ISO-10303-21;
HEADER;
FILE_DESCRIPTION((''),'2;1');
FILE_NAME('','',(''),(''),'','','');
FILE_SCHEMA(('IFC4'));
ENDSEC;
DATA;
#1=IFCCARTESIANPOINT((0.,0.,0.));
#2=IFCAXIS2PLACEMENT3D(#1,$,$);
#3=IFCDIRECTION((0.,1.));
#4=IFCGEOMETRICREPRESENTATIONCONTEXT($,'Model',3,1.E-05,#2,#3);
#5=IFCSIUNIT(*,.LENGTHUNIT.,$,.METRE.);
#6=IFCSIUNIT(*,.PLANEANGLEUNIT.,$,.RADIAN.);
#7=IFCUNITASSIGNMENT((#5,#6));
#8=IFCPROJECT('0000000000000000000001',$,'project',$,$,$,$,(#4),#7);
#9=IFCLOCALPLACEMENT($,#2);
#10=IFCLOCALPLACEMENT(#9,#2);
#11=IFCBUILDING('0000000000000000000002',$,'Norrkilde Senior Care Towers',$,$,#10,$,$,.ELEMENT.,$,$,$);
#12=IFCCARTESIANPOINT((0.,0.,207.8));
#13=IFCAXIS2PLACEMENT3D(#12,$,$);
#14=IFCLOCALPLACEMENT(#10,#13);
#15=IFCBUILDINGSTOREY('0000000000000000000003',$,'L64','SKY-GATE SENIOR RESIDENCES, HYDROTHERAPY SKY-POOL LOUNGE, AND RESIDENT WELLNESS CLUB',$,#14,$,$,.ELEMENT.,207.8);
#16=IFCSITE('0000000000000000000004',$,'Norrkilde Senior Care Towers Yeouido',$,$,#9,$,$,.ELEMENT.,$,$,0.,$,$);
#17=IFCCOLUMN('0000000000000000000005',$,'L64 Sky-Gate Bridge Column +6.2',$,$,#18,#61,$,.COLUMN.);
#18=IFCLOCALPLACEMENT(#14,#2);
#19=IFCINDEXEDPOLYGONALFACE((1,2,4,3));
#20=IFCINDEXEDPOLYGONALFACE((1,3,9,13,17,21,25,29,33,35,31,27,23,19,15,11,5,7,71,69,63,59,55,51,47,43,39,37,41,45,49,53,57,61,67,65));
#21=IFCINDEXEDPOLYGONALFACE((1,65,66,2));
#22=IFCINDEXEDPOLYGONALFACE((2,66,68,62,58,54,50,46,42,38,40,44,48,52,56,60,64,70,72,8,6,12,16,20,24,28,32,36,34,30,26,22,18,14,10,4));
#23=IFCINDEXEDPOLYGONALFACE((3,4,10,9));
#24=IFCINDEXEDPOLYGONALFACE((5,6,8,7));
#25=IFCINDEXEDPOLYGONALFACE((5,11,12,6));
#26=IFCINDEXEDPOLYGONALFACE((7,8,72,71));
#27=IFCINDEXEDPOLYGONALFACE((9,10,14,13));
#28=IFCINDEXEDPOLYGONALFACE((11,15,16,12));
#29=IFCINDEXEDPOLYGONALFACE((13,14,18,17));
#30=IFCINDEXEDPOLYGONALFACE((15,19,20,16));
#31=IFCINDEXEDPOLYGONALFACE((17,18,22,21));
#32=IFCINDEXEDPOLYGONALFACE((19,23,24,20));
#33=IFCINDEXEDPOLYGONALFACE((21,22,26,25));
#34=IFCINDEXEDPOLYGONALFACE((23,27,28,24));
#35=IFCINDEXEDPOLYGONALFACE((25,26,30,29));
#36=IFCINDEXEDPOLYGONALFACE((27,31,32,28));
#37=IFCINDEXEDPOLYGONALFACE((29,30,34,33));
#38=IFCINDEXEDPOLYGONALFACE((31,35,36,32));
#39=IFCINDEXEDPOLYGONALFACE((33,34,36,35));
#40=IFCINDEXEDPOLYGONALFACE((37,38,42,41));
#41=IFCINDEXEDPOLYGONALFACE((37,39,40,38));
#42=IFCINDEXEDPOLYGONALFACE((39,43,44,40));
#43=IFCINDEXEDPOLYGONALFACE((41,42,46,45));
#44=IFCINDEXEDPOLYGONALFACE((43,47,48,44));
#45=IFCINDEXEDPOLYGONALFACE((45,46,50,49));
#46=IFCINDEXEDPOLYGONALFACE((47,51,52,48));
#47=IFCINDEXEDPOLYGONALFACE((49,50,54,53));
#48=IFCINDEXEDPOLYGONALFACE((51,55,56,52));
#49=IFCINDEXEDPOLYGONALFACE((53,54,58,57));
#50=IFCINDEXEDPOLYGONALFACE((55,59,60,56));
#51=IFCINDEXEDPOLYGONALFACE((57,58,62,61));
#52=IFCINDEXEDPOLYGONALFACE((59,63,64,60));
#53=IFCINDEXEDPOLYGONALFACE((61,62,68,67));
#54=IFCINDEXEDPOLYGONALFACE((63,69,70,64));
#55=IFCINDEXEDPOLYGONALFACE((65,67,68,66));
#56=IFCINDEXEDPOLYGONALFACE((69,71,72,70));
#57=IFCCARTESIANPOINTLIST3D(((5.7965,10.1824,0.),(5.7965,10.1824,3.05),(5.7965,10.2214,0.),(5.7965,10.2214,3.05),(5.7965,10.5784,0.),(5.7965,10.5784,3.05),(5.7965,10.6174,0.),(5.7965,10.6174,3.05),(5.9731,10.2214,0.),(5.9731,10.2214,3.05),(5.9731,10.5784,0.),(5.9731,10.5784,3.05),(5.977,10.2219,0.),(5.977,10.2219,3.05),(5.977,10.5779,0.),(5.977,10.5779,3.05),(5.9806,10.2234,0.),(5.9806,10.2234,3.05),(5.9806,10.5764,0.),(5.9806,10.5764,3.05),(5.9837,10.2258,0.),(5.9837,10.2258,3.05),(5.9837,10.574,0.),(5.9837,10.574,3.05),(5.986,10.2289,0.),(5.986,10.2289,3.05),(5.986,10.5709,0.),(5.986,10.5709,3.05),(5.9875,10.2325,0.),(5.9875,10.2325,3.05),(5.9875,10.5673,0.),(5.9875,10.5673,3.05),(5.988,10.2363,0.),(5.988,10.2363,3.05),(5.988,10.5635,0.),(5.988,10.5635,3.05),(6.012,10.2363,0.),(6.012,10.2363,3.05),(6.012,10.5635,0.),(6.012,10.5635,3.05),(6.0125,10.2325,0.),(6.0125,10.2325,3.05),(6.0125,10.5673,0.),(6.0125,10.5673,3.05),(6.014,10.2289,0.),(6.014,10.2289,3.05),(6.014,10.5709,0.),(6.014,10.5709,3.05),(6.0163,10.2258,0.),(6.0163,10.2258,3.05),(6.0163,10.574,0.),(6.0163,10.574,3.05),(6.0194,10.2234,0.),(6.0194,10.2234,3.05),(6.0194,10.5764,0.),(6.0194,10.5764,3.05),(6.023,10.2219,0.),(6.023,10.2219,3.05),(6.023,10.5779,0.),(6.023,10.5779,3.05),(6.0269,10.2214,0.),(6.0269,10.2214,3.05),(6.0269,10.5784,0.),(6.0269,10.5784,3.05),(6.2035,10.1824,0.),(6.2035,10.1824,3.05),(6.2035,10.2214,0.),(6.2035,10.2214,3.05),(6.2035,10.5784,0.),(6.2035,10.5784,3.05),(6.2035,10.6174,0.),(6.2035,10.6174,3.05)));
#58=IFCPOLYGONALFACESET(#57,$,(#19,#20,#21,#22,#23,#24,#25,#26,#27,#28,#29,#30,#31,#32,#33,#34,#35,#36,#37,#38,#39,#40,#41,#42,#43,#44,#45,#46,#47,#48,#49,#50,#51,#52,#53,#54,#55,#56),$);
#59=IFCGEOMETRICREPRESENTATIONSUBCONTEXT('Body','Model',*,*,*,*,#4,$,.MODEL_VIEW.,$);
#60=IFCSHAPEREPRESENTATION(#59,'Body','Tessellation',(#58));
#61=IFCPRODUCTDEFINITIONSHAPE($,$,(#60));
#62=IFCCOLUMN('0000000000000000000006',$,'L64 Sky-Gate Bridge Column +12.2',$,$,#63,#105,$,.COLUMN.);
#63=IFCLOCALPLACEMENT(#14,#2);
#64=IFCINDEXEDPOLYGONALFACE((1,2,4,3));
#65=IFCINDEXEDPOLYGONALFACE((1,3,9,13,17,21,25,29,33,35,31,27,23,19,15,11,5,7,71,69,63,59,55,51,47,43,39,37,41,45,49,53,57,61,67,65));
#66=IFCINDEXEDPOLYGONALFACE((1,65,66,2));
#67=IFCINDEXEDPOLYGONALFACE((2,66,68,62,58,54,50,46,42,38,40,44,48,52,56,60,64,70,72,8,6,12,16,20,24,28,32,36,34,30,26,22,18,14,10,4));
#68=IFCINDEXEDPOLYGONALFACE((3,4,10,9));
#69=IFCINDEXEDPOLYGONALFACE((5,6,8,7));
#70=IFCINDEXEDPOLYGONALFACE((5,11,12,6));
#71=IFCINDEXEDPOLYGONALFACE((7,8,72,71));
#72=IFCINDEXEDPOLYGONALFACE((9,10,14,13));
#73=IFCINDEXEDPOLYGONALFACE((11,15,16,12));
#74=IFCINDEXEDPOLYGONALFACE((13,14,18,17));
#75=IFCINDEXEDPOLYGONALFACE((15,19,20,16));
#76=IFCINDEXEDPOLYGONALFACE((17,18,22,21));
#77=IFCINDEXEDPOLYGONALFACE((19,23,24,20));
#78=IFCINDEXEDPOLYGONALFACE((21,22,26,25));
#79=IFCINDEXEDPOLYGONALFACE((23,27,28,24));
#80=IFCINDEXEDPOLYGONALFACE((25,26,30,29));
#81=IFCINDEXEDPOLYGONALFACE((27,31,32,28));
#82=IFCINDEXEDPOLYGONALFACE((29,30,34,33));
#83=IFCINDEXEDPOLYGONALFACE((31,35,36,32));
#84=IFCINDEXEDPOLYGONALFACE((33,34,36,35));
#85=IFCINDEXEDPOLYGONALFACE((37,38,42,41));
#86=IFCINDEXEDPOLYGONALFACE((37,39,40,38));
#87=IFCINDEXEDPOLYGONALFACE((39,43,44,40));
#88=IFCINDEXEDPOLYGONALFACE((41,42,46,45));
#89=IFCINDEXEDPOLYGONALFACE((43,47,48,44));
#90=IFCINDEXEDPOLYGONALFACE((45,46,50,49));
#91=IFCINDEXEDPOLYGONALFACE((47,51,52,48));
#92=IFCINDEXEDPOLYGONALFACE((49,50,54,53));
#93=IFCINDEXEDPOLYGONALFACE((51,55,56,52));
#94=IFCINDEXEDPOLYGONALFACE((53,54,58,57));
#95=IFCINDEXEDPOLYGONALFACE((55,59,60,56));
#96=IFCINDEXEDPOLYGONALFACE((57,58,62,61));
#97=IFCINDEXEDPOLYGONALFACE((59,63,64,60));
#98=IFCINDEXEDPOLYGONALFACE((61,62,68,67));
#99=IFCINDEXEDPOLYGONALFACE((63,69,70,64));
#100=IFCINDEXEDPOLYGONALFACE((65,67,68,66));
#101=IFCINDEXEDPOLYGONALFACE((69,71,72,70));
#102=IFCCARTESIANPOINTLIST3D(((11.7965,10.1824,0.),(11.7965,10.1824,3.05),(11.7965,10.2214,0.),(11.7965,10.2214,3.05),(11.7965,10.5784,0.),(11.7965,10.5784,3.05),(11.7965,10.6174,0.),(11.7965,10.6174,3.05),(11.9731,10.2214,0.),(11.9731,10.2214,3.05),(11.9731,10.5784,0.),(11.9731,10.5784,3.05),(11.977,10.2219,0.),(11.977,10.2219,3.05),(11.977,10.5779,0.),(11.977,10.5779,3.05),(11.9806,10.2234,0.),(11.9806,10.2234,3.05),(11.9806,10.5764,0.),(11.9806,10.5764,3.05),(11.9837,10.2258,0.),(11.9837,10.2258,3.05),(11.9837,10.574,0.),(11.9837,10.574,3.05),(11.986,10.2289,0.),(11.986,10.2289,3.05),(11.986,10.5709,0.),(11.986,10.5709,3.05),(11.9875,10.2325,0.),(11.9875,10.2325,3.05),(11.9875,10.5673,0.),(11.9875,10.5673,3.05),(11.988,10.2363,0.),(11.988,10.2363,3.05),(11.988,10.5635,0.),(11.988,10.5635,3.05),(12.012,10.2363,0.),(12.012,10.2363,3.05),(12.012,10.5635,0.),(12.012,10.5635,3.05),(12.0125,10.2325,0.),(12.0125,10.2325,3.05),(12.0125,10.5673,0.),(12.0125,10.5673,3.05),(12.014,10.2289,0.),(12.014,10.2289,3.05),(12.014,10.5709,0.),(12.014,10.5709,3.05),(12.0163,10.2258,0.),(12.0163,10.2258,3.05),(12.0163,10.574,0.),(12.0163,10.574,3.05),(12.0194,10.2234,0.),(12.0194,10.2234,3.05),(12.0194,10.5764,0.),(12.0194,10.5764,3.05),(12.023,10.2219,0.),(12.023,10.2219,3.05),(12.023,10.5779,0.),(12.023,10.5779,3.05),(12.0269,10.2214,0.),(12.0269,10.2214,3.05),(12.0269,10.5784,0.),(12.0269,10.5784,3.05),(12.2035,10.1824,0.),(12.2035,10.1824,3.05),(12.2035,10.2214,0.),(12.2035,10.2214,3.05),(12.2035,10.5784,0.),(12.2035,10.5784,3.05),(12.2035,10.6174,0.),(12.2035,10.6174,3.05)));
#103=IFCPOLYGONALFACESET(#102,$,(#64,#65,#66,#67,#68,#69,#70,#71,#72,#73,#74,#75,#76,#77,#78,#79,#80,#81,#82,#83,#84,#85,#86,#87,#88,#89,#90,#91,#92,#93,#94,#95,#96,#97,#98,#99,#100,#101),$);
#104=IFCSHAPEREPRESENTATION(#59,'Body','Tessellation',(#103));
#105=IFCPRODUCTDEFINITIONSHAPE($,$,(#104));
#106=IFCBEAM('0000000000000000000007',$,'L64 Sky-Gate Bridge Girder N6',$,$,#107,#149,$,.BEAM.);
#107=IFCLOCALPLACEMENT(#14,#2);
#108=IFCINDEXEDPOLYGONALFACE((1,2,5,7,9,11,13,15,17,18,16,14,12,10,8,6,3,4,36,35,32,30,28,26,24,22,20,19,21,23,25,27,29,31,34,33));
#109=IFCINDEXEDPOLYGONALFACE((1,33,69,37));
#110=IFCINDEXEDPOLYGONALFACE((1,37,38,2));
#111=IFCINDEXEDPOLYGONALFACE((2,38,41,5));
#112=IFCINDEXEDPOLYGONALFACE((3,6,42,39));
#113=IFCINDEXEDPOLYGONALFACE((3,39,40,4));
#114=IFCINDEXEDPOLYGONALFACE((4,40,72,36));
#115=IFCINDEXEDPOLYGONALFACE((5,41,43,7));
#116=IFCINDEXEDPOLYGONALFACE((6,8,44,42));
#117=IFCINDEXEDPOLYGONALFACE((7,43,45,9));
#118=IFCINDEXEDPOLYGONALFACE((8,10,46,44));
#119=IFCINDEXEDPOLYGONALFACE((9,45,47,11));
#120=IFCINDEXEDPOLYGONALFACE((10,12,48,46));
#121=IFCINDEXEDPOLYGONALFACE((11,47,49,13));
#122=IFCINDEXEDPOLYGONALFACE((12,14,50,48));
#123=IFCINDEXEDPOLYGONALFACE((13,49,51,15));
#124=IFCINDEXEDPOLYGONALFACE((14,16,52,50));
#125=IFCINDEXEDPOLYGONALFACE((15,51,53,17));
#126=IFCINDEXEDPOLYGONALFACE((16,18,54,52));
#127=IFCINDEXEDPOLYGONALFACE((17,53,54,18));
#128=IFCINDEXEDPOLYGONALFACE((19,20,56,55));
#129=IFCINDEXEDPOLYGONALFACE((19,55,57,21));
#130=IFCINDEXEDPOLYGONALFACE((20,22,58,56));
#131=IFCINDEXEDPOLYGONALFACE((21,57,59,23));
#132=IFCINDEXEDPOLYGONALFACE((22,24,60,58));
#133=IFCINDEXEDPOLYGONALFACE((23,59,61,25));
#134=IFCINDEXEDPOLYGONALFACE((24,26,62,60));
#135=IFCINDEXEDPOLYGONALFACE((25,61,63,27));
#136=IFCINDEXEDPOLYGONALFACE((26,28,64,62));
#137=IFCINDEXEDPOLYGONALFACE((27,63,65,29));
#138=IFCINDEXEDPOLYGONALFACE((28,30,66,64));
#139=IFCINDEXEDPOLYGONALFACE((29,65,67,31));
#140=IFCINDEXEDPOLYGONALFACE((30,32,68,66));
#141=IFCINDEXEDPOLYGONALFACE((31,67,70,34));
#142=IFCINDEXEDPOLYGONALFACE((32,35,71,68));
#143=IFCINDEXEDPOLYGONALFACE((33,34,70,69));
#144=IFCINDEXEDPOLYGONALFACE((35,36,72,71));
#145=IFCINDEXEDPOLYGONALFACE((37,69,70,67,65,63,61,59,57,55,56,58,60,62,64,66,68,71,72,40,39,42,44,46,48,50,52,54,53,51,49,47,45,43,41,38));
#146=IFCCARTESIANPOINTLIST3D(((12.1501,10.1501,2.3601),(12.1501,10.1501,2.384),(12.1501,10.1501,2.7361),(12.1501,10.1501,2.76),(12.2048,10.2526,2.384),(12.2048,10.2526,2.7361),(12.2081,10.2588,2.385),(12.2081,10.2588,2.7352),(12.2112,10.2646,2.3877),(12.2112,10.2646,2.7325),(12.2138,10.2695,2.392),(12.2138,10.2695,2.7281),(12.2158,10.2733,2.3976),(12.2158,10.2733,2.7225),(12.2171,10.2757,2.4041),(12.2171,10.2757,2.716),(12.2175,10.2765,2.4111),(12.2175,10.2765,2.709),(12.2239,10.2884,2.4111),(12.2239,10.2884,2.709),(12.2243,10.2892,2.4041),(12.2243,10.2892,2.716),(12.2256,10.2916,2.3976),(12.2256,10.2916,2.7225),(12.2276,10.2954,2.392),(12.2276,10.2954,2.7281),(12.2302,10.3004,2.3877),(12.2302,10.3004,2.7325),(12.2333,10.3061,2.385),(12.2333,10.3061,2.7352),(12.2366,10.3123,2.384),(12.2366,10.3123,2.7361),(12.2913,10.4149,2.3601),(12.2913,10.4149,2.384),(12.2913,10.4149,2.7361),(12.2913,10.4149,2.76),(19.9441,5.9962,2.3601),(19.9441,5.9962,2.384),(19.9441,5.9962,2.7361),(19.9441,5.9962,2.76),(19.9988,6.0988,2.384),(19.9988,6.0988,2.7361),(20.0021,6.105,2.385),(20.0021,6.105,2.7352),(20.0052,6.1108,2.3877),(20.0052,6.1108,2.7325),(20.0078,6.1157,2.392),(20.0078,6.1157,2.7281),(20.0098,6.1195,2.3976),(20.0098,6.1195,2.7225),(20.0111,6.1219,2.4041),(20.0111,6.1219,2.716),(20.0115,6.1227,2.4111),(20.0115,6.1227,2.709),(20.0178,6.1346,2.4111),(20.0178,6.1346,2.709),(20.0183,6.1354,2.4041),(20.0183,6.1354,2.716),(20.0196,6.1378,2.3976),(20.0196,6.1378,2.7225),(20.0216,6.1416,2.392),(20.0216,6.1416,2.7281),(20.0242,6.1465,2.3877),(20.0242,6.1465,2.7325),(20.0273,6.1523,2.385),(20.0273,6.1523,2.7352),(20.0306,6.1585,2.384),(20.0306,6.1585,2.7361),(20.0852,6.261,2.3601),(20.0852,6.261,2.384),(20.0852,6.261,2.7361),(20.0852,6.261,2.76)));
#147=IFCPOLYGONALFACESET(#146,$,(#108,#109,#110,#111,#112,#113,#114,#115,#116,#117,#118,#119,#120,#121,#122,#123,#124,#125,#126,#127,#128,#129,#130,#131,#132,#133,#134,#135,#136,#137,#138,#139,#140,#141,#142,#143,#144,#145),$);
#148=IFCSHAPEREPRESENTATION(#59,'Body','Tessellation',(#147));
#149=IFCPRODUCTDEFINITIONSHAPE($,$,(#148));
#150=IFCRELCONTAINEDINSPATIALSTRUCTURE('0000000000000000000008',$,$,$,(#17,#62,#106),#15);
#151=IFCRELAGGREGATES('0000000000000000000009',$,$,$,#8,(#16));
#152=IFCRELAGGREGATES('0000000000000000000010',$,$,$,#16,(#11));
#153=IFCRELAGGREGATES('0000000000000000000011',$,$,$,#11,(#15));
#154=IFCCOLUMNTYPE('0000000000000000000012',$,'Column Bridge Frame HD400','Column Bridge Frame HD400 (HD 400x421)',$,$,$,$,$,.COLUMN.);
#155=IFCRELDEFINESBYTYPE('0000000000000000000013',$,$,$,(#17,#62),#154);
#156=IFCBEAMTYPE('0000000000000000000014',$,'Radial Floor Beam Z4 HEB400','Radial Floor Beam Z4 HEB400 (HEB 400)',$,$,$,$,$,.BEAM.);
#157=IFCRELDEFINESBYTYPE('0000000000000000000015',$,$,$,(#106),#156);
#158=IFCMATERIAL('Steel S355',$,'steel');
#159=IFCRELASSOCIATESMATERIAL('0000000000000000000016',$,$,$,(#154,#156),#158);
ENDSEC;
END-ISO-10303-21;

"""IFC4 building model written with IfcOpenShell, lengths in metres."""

from ifc_helpers import new_model, si_unit, direction, frame, origin, origin_2d, place, context, subcontext, project, spatial, i_section, extrude, source, transform, mapped, material, material_profile, profile_set, type_object, type_shapes, element, save


model = new_model("IFC4")

# Units and contexts
model_context = context("Model", 3, precision=1e-05, world=origin(), true_north=direction((0.0, 1.0)))
body_context = subcontext(model_context, "Body", "Model", "MODEL_VIEW")
ifc_project = project(units=[si_unit("LENGTHUNIT", "METRE"), si_unit("PLANEANGLEUNIT", "RADIAN")], contexts=[model_context])

# Site, building, storey
site_placement = place(None, origin())
site = spatial("IfcSite", under=ifc_project, at=site_placement, Name="Norrkilde Senior Care Towers Yeouido", CompositionType="ELEMENT", RefElevation=0.0)
building_placement = place(site_placement, origin())
building = spatial("IfcBuilding", under=site, at=building_placement, Name="Norrkilde Senior Care Towers", CompositionType="ELEMENT")
storey_placement = place(building_placement, frame((0.0, 0.0, 207.8)))
storey = spatial("IfcBuildingStorey", under=building, at=storey_placement, Name="L64", Description="SKY-GATE SENIOR RESIDENCES, HYDROTHERAPY SKY-POOL LOUNGE, AND RESIDENT WELLNESS CLUB", CompositionType="ELEMENT", Elevation=207.8)

# Columns
ifc_material_1 = material(Name="Steel S355", Category="steel")
ifc_material_profile_1 = material_profile(ifc_material_1, i_section(OverallWidth=0.407, OverallDepth=0.4351, WebThickness=0.0239, FlangeThickness=0.0391, FilletRadius=0.0149, at=origin_2d()), Name="HD 400x421")
ifc_profile_set_1 = profile_set([ifc_material_profile_1], Name="Steel S355")
column_type = type_object("IfcColumnType", Name="Column Bridge Frame HD400", Description="Column Bridge Frame HD400 (HD 400x421)", PredefinedType="COLUMN", material=ifc_profile_set_1)
shared_shape_1 = source(origin(), body_context, "Body", "SweptSolid", [
    extrude(i_section(OverallWidth=0.407, OverallDepth=0.4351, WebThickness=0.0239, FlangeThickness=0.0391, FilletRadius=0.0149, at=origin_2d()), origin(), (0.0, 0.0, 1.0), 3.05),
])
type_shapes(column_type, [shared_shape_1])
for number, where, z_axis, x_axis, name in (
    (1, (6.0, 10.3999, 0.0), (0.0, 0.0, 1.0), (1.0, 0.0, 0.0), "L64 Sky-Gate Bridge Column +6.2"),
    (2, (12.0, 10.3999, 0.0), (0.0, 0.0, 1.0), (1.0, 0.0, 0.0), "L64 Sky-Gate Bridge Column +12.2"),
):
    element("IfcColumn", number, at=place(storey_placement, frame(where, z_axis=z_axis, x_axis=x_axis)), inside=storey, type_object=column_type, Name=name, PredefinedType="COLUMN", context=body_context, shape_type="MappedRepresentation", body=[
        mapped(shared_shape_1, transform((0.0, 0.0, 0.0), x_axis=(1.0, 0.0, 0.0), y_axis=(0.0, 1.0, 0.0), z_axis=(0.0, 0.0, 1.0), scale=1.0)),
    ])

# Beam
ifc_material_profile_2 = material_profile(ifc_material_1, i_section(OverallWidth=0.3, OverallDepth=0.3999, WebThickness=0.0134, FlangeThickness=0.0239, FilletRadius=0.0271, at=origin_2d()), Name="HEB 400")
ifc_profile_set_2 = profile_set([ifc_material_profile_2], Name="Steel S355")
beam_type_1 = type_object("IfcBeamType", Name="Radial Floor Beam Z4 HEB400", Description="Radial Floor Beam Z4 HEB400 (HEB 400)", PredefinedType="BEAM", material=ifc_profile_set_2)
shared_shape_2 = source(origin(), body_context, "Body", "SweptSolid", [
    extrude(i_section(OverallWidth=0.3, OverallDepth=0.3999, WebThickness=0.0134, FlangeThickness=0.0239, FilletRadius=0.0271, at=origin_2d()), origin(), (0.0, 0.0, 1.0), 8.8318),
])
type_shapes(beam_type_1, [shared_shape_2])
beam_placement = place(storey_placement, frame((12.2207, 10.2825, 2.5601), z_axis=(0.882492, -0.470327, 0.0), x_axis=(0.470327, 0.882492, 0.0)))
element("IfcBeam", 3, at=beam_placement, inside=storey, type_object=beam_type_1, Name="L64 Sky-Gate Bridge Girder N6", PredefinedType="BEAM", context=body_context, shape_type="MappedRepresentation", body=[
    mapped(shared_shape_2, transform((0.0, 0.0, 0.0), x_axis=(1.0, 0.0, 0.0), y_axis=(0.0, 1.0, 0.0), z_axis=(0.0, 0.0, 1.0), scale=1.0)),
])

save(model, "model.ifc")
